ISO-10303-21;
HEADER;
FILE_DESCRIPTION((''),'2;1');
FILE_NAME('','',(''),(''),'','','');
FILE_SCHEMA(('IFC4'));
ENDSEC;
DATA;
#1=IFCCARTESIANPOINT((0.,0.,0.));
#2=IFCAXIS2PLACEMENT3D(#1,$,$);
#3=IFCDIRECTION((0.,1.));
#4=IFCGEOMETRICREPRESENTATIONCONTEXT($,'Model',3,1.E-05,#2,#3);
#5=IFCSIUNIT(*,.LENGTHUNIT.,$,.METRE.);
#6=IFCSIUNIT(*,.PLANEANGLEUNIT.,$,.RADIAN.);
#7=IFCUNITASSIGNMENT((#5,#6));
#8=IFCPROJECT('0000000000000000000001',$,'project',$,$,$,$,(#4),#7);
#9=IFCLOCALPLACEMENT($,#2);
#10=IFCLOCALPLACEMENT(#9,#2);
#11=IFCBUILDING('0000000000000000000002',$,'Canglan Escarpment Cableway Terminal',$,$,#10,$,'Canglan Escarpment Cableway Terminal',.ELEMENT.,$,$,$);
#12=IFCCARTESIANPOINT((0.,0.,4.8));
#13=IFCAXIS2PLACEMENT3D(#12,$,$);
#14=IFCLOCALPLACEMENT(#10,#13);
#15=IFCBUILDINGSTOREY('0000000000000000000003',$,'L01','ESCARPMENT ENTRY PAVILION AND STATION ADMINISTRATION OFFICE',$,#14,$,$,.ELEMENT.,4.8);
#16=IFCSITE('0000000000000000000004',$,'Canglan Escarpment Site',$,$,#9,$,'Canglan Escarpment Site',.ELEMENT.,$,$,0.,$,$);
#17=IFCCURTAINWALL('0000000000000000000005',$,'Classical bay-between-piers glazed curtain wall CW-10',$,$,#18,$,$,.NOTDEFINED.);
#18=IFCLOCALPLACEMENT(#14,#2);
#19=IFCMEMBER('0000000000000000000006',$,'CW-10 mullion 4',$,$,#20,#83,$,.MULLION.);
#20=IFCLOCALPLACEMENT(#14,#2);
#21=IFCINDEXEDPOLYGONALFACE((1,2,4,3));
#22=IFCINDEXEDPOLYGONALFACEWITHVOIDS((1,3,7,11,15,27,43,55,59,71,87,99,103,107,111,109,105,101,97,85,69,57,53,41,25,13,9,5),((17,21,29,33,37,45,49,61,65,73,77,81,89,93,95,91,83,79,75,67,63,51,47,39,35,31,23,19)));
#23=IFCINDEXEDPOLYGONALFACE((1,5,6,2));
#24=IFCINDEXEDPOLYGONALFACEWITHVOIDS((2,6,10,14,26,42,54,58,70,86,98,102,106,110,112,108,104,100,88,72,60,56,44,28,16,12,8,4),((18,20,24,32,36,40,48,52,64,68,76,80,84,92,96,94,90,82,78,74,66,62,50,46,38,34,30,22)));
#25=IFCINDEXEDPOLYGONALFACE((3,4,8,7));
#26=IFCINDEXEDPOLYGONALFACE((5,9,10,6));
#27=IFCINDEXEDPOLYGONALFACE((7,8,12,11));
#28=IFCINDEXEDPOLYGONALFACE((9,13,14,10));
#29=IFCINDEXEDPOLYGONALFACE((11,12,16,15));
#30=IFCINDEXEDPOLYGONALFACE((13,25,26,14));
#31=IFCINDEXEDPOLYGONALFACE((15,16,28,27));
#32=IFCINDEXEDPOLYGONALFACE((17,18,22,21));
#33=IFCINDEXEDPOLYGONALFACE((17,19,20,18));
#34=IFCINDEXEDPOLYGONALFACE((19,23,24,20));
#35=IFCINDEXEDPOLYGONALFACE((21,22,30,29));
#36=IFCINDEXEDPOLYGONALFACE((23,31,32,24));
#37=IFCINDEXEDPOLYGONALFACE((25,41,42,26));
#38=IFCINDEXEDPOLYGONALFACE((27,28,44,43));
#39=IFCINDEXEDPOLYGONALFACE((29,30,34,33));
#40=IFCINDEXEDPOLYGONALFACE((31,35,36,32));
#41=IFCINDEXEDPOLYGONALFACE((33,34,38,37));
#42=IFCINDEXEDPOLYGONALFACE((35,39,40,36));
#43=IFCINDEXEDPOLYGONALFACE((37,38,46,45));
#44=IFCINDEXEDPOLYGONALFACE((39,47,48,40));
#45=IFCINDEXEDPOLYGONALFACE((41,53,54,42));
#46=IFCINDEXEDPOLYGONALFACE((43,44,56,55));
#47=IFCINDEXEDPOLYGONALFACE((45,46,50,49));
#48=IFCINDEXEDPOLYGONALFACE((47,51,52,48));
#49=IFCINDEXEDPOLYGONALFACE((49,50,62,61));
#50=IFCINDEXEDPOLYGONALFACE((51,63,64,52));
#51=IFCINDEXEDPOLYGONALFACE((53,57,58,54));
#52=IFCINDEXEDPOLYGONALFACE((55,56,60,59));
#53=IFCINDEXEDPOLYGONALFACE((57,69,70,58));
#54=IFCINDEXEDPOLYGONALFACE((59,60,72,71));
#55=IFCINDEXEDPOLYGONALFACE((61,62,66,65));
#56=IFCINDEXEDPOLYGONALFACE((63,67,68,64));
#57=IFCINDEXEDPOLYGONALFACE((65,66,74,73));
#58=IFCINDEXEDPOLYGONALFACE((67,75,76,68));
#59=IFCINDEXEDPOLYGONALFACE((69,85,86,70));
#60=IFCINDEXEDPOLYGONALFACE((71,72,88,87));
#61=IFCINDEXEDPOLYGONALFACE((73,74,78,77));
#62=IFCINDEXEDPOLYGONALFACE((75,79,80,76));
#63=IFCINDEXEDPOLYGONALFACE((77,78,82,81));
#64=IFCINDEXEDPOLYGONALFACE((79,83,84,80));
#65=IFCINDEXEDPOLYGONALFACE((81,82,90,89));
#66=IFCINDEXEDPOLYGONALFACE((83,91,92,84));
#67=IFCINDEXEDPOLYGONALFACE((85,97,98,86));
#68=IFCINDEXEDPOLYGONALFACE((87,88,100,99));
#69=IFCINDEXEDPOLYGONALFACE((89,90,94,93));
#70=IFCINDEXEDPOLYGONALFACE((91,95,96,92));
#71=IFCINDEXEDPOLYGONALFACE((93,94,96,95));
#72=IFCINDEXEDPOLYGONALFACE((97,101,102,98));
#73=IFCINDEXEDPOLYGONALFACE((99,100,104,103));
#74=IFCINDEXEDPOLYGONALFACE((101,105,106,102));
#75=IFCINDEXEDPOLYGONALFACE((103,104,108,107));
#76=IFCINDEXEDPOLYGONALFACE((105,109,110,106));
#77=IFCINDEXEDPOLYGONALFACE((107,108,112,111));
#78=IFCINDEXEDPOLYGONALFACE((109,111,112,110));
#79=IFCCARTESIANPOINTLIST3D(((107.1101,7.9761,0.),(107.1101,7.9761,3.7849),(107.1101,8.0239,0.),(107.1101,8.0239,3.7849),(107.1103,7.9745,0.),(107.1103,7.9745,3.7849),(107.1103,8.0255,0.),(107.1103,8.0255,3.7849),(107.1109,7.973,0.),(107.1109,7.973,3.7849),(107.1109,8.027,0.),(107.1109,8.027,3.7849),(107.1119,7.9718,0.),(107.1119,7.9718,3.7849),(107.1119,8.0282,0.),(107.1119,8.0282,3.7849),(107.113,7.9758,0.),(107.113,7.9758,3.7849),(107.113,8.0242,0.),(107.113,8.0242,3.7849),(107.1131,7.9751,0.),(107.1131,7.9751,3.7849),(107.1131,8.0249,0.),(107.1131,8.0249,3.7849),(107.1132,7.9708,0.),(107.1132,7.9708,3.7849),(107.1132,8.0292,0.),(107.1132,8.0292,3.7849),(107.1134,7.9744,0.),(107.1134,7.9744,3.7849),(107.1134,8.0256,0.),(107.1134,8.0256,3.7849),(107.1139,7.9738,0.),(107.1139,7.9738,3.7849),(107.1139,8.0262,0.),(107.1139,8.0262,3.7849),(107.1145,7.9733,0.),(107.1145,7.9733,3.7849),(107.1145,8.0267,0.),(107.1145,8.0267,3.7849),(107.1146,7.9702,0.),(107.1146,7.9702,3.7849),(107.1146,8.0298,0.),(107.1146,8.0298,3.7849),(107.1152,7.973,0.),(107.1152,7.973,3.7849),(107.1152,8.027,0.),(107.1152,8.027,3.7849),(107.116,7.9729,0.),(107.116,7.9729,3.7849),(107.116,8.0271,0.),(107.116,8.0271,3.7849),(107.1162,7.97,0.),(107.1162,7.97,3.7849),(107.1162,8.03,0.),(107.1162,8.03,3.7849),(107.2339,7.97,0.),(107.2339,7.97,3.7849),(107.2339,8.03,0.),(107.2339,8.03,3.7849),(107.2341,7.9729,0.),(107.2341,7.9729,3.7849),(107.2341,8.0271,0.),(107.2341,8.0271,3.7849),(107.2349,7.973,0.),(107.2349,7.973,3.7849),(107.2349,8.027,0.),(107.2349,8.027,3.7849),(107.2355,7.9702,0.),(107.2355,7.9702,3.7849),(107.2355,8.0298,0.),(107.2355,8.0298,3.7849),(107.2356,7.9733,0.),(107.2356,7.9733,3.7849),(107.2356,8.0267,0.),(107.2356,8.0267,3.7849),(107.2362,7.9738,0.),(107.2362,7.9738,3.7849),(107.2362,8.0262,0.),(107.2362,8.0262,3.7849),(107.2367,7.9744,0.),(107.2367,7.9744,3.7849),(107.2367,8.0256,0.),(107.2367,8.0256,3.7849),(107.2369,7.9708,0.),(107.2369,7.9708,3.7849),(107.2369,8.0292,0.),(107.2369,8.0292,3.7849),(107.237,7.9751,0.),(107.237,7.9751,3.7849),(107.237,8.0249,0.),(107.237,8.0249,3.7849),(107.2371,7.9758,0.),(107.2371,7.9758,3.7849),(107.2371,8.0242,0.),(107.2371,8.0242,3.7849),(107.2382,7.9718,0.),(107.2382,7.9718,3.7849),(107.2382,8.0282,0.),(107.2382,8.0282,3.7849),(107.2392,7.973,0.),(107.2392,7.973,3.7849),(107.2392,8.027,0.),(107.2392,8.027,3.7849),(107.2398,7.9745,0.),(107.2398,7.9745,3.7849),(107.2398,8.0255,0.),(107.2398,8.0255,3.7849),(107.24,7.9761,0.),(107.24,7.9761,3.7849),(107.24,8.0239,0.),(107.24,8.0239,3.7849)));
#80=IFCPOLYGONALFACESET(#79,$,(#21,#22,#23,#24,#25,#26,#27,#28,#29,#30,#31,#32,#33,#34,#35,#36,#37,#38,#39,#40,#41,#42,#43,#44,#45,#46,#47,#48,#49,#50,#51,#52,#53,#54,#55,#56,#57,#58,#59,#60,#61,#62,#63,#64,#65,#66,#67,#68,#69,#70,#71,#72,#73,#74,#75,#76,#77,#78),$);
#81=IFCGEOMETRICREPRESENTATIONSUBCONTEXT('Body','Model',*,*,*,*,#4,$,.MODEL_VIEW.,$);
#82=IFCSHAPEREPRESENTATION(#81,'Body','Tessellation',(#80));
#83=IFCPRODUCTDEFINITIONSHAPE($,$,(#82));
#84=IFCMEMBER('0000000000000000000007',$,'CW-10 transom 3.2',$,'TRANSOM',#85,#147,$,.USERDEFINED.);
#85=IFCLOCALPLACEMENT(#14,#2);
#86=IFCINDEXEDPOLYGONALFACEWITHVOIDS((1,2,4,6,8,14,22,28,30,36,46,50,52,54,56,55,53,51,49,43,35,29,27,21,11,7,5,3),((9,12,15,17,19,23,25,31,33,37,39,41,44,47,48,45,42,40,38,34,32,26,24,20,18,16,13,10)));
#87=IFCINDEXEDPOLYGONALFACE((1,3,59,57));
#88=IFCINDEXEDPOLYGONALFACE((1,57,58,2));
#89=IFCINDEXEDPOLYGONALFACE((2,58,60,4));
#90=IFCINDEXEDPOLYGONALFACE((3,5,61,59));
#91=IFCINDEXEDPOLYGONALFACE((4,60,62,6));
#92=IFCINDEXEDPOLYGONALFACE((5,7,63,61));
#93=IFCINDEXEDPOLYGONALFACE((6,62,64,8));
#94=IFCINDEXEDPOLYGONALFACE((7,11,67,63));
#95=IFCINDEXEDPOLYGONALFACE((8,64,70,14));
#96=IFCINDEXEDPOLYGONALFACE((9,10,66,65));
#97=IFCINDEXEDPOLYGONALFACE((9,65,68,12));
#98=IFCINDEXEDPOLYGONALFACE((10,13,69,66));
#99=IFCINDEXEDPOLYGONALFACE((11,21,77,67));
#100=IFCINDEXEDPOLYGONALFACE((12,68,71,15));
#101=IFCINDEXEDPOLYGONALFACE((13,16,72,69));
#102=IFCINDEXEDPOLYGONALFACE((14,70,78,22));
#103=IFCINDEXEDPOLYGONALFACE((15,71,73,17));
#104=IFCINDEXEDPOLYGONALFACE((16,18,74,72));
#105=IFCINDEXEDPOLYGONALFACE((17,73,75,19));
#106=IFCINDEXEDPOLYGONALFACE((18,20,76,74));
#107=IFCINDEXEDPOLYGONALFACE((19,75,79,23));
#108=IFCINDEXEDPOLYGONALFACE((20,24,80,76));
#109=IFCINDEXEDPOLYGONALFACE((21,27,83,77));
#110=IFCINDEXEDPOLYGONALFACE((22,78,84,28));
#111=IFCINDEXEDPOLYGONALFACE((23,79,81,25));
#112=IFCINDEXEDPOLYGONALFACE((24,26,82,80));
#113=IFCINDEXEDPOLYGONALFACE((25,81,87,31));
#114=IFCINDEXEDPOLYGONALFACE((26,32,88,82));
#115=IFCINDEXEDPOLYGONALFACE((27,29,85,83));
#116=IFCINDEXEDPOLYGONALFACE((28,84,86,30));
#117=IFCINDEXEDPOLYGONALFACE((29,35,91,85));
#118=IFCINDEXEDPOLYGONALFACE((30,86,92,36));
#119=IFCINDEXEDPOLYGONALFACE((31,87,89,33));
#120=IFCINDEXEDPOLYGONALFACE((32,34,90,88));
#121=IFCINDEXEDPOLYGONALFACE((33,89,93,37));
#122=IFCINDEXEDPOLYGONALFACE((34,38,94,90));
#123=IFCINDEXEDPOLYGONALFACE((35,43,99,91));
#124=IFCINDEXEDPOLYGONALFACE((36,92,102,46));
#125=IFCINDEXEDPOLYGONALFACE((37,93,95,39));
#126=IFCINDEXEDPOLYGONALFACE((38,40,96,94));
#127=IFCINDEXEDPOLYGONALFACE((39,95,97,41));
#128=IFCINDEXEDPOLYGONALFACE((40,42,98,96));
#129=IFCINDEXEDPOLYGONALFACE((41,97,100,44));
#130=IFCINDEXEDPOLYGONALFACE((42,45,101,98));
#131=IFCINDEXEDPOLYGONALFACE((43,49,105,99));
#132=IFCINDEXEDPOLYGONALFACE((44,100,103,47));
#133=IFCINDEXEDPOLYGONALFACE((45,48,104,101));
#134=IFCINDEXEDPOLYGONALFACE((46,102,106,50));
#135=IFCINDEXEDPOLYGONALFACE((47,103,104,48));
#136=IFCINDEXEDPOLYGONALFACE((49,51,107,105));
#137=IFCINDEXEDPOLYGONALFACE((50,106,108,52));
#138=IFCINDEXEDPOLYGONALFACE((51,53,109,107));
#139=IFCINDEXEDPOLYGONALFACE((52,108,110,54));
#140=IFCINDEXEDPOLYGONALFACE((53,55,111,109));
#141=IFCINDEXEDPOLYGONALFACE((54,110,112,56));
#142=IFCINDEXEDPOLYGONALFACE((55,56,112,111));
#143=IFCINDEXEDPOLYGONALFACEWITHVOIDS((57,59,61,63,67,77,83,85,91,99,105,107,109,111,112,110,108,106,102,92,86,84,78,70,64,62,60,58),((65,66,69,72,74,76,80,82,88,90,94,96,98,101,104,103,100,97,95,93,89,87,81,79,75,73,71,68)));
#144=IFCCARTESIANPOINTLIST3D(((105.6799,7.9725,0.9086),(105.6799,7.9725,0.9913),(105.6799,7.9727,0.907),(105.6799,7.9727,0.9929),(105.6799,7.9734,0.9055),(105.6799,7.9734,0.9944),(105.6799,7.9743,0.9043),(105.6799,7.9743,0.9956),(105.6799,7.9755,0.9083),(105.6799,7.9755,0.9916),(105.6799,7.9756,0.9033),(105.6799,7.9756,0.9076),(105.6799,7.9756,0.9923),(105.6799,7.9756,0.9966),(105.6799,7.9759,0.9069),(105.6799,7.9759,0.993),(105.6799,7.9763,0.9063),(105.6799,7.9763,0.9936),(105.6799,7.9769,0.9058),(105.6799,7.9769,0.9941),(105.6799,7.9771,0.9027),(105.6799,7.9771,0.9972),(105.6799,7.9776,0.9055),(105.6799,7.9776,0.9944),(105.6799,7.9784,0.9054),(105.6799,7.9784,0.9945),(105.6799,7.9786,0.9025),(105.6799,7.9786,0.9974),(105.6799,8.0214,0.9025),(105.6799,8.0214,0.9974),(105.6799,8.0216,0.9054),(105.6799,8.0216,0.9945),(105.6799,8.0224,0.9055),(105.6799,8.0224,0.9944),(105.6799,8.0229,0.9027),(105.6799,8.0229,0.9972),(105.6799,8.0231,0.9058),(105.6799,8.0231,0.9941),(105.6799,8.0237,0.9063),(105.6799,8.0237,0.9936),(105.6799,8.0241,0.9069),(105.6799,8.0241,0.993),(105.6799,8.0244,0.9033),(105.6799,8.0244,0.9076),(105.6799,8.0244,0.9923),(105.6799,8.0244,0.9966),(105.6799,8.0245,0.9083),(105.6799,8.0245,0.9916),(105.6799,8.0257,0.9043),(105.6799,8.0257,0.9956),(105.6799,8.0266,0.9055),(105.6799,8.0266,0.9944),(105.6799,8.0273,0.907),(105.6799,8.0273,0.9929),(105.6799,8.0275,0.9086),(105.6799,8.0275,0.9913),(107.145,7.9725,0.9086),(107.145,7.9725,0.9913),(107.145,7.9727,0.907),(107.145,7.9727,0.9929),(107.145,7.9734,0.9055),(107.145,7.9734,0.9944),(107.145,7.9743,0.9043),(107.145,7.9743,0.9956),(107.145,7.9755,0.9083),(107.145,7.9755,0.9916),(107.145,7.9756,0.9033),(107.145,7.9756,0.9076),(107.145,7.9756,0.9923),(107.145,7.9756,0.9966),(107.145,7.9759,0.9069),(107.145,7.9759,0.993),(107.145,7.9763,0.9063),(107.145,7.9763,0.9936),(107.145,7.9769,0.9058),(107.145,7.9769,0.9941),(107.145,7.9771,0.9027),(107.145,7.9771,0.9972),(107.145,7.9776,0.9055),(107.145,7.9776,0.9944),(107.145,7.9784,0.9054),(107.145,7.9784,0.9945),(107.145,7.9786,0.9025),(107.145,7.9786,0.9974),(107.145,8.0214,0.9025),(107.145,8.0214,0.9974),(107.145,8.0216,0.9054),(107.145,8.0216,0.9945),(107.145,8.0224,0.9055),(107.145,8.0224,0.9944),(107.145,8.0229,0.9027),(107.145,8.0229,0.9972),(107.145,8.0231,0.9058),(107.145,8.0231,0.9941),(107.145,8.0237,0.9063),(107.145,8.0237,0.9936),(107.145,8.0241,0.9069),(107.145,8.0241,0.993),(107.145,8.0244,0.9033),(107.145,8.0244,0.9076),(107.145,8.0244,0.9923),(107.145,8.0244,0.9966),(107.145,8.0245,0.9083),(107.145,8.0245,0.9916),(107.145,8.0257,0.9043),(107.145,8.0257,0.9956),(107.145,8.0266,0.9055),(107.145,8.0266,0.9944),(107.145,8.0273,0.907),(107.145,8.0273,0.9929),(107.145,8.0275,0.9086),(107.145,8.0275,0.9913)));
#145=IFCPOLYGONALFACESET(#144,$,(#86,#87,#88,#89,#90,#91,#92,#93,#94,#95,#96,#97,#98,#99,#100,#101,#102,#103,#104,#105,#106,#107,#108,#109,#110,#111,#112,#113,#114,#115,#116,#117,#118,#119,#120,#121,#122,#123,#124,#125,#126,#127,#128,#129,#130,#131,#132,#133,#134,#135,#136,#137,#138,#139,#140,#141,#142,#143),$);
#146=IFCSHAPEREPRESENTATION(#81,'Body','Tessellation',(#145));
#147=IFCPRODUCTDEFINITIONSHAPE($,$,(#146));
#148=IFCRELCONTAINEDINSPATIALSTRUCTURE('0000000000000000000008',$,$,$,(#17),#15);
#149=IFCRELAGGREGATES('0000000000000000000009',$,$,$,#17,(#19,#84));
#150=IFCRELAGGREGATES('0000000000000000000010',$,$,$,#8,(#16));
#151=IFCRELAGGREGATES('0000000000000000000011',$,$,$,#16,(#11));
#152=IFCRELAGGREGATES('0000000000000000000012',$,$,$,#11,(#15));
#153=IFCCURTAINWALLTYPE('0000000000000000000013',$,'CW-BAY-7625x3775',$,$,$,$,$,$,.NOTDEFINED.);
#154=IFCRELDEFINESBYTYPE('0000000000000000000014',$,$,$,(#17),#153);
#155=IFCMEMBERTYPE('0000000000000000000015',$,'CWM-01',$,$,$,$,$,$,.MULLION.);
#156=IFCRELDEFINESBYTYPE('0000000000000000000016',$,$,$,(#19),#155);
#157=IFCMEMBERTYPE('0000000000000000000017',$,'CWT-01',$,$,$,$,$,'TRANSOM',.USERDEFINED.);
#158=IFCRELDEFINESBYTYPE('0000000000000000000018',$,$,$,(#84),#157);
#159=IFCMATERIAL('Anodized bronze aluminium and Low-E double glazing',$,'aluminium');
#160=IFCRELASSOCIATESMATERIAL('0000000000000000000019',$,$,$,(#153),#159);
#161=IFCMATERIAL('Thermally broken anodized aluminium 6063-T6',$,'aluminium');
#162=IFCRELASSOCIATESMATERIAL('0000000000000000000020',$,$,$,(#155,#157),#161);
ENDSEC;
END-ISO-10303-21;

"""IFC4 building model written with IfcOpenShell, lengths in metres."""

from ifc_helpers import new_model, si_unit, direction, frame, origin, origin_2d, place, context, subcontext, project, spatial, hollow_rectangle, extrude, material, material_profile, profile_set, type_object, element, aggregate, save


model = new_model("IFC4")

# Units and contexts
model_context = context("Model", 3, precision=1e-05, world=origin(), true_north=direction((0.0, 1.0)))
body_context = subcontext(model_context, "Body", "Model", "MODEL_VIEW")
ifc_project = project(units=[si_unit("LENGTHUNIT", "METRE"), si_unit("PLANEANGLEUNIT", "RADIAN")], contexts=[model_context])

# Site, building, storey
site_placement = place(None, origin())
site = spatial("IfcSite", under=ifc_project, at=site_placement, Name="Canglan Escarpment Site", LongName="Canglan Escarpment Site", CompositionType="ELEMENT", RefElevation=0.0)
building_placement = place(site_placement, origin())
building = spatial("IfcBuilding", under=site, at=building_placement, Name="Canglan Escarpment Cableway Terminal", LongName="Canglan Escarpment Cableway Terminal", CompositionType="ELEMENT")
storey_placement = place(building_placement, frame((0.0, 0.0, 4.8)))
storey = spatial("IfcBuildingStorey", under=building, at=storey_placement, Name="L01", Description="ESCARPMENT ENTRY PAVILION AND STATION ADMINISTRATION OFFICE", CompositionType="ELEMENT", Elevation=4.8)

# Curtain wall, members
ifc_material_1 = material(Name="Anodized bronze aluminium and Low-E double glazing", Category="aluminium")
curtain_wall_type = type_object("IfcCurtainWallType", Name="CW-BAY-7625x3775", PredefinedType="NOTDEFINED", material=ifc_material_1)
curtain_wall_placement = place(storey_placement, origin())
curtain_wall = element("IfcCurtainWall", 1, at=curtain_wall_placement, inside=storey, type_object=curtain_wall_type, Name="Classical bay-between-piers glazed curtain wall CW-10", PredefinedType="NOTDEFINED")
ifc_material_2 = material(Name="Thermally broken anodized aluminium 6063-T6", Category="aluminium")
ifc_material_profile_1 = material_profile(ifc_material_2, hollow_rectangle(XDim=0.0601, YDim=0.1299, WallThickness=0.0029, InnerFilletRadius=0.0029, OuterFilletRadius=0.0061, at=origin_2d()), Name="ALU-MULL 60x130x3")
ifc_profile_set_1 = profile_set([ifc_material_profile_1], Name="Thermally broken anodized aluminium 6063-T6")
member_type_1 = type_object("IfcMemberType", Name="CWM-01", PredefinedType="MULLION", material=ifc_profile_set_1)
member_1_placement = place(storey_placement, frame((107.175, 8.0, 0.0), z_axis=(0.0, 0.0, 1.0), x_axis=(0.0, 1.0, 0.0)))
member_1 = element("IfcMember", 2, at=member_1_placement, type_object=member_type_1, Name="CW-10 mullion 4", PredefinedType="MULLION", context=body_context, shape_type="SweptSolid", body=[
    extrude(hollow_rectangle(XDim=0.0601, YDim=0.1299, WallThickness=0.0029, InnerFilletRadius=0.0029, OuterFilletRadius=0.0061, at=origin_2d()), origin(), (0.0, 0.0, 1.0), 3.7849),
])
ifc_material_profile_2 = material_profile(ifc_material_2, hollow_rectangle(XDim=0.0549, YDim=0.095, WallThickness=0.0029, InnerFilletRadius=0.0029, OuterFilletRadius=0.0061, at=origin_2d()), Name="ALU-TRAN 55x95x3")
ifc_profile_set_2 = profile_set([ifc_material_profile_2], Name="Thermally broken anodized aluminium 6063-T6")
member_type_2 = type_object("IfcMemberType", Name="CWT-01", ElementType="TRANSOM", PredefinedType="USERDEFINED", material=ifc_profile_set_2)
member_2_placement = place(storey_placement, frame((105.6799, 8.0, 0.95), z_axis=(1.0, 0.0, 0.0), x_axis=(0.0, 1.0, 0.0)))
member_2 = element("IfcMember", 3, at=member_2_placement, type_object=member_type_2, Name="CW-10 transom 3.2", ObjectType="TRANSOM", PredefinedType="USERDEFINED", context=body_context, shape_type="SweptSolid", body=[
    extrude(hollow_rectangle(XDim=0.0549, YDim=0.095, WallThickness=0.0029, InnerFilletRadius=0.0029, OuterFilletRadius=0.0061, at=origin_2d()), origin(), (0.0, 0.0, 1.0), 1.4651),
])
aggregate(curtain_wall, [member_1, member_2])

save(model, "model.ifc")
